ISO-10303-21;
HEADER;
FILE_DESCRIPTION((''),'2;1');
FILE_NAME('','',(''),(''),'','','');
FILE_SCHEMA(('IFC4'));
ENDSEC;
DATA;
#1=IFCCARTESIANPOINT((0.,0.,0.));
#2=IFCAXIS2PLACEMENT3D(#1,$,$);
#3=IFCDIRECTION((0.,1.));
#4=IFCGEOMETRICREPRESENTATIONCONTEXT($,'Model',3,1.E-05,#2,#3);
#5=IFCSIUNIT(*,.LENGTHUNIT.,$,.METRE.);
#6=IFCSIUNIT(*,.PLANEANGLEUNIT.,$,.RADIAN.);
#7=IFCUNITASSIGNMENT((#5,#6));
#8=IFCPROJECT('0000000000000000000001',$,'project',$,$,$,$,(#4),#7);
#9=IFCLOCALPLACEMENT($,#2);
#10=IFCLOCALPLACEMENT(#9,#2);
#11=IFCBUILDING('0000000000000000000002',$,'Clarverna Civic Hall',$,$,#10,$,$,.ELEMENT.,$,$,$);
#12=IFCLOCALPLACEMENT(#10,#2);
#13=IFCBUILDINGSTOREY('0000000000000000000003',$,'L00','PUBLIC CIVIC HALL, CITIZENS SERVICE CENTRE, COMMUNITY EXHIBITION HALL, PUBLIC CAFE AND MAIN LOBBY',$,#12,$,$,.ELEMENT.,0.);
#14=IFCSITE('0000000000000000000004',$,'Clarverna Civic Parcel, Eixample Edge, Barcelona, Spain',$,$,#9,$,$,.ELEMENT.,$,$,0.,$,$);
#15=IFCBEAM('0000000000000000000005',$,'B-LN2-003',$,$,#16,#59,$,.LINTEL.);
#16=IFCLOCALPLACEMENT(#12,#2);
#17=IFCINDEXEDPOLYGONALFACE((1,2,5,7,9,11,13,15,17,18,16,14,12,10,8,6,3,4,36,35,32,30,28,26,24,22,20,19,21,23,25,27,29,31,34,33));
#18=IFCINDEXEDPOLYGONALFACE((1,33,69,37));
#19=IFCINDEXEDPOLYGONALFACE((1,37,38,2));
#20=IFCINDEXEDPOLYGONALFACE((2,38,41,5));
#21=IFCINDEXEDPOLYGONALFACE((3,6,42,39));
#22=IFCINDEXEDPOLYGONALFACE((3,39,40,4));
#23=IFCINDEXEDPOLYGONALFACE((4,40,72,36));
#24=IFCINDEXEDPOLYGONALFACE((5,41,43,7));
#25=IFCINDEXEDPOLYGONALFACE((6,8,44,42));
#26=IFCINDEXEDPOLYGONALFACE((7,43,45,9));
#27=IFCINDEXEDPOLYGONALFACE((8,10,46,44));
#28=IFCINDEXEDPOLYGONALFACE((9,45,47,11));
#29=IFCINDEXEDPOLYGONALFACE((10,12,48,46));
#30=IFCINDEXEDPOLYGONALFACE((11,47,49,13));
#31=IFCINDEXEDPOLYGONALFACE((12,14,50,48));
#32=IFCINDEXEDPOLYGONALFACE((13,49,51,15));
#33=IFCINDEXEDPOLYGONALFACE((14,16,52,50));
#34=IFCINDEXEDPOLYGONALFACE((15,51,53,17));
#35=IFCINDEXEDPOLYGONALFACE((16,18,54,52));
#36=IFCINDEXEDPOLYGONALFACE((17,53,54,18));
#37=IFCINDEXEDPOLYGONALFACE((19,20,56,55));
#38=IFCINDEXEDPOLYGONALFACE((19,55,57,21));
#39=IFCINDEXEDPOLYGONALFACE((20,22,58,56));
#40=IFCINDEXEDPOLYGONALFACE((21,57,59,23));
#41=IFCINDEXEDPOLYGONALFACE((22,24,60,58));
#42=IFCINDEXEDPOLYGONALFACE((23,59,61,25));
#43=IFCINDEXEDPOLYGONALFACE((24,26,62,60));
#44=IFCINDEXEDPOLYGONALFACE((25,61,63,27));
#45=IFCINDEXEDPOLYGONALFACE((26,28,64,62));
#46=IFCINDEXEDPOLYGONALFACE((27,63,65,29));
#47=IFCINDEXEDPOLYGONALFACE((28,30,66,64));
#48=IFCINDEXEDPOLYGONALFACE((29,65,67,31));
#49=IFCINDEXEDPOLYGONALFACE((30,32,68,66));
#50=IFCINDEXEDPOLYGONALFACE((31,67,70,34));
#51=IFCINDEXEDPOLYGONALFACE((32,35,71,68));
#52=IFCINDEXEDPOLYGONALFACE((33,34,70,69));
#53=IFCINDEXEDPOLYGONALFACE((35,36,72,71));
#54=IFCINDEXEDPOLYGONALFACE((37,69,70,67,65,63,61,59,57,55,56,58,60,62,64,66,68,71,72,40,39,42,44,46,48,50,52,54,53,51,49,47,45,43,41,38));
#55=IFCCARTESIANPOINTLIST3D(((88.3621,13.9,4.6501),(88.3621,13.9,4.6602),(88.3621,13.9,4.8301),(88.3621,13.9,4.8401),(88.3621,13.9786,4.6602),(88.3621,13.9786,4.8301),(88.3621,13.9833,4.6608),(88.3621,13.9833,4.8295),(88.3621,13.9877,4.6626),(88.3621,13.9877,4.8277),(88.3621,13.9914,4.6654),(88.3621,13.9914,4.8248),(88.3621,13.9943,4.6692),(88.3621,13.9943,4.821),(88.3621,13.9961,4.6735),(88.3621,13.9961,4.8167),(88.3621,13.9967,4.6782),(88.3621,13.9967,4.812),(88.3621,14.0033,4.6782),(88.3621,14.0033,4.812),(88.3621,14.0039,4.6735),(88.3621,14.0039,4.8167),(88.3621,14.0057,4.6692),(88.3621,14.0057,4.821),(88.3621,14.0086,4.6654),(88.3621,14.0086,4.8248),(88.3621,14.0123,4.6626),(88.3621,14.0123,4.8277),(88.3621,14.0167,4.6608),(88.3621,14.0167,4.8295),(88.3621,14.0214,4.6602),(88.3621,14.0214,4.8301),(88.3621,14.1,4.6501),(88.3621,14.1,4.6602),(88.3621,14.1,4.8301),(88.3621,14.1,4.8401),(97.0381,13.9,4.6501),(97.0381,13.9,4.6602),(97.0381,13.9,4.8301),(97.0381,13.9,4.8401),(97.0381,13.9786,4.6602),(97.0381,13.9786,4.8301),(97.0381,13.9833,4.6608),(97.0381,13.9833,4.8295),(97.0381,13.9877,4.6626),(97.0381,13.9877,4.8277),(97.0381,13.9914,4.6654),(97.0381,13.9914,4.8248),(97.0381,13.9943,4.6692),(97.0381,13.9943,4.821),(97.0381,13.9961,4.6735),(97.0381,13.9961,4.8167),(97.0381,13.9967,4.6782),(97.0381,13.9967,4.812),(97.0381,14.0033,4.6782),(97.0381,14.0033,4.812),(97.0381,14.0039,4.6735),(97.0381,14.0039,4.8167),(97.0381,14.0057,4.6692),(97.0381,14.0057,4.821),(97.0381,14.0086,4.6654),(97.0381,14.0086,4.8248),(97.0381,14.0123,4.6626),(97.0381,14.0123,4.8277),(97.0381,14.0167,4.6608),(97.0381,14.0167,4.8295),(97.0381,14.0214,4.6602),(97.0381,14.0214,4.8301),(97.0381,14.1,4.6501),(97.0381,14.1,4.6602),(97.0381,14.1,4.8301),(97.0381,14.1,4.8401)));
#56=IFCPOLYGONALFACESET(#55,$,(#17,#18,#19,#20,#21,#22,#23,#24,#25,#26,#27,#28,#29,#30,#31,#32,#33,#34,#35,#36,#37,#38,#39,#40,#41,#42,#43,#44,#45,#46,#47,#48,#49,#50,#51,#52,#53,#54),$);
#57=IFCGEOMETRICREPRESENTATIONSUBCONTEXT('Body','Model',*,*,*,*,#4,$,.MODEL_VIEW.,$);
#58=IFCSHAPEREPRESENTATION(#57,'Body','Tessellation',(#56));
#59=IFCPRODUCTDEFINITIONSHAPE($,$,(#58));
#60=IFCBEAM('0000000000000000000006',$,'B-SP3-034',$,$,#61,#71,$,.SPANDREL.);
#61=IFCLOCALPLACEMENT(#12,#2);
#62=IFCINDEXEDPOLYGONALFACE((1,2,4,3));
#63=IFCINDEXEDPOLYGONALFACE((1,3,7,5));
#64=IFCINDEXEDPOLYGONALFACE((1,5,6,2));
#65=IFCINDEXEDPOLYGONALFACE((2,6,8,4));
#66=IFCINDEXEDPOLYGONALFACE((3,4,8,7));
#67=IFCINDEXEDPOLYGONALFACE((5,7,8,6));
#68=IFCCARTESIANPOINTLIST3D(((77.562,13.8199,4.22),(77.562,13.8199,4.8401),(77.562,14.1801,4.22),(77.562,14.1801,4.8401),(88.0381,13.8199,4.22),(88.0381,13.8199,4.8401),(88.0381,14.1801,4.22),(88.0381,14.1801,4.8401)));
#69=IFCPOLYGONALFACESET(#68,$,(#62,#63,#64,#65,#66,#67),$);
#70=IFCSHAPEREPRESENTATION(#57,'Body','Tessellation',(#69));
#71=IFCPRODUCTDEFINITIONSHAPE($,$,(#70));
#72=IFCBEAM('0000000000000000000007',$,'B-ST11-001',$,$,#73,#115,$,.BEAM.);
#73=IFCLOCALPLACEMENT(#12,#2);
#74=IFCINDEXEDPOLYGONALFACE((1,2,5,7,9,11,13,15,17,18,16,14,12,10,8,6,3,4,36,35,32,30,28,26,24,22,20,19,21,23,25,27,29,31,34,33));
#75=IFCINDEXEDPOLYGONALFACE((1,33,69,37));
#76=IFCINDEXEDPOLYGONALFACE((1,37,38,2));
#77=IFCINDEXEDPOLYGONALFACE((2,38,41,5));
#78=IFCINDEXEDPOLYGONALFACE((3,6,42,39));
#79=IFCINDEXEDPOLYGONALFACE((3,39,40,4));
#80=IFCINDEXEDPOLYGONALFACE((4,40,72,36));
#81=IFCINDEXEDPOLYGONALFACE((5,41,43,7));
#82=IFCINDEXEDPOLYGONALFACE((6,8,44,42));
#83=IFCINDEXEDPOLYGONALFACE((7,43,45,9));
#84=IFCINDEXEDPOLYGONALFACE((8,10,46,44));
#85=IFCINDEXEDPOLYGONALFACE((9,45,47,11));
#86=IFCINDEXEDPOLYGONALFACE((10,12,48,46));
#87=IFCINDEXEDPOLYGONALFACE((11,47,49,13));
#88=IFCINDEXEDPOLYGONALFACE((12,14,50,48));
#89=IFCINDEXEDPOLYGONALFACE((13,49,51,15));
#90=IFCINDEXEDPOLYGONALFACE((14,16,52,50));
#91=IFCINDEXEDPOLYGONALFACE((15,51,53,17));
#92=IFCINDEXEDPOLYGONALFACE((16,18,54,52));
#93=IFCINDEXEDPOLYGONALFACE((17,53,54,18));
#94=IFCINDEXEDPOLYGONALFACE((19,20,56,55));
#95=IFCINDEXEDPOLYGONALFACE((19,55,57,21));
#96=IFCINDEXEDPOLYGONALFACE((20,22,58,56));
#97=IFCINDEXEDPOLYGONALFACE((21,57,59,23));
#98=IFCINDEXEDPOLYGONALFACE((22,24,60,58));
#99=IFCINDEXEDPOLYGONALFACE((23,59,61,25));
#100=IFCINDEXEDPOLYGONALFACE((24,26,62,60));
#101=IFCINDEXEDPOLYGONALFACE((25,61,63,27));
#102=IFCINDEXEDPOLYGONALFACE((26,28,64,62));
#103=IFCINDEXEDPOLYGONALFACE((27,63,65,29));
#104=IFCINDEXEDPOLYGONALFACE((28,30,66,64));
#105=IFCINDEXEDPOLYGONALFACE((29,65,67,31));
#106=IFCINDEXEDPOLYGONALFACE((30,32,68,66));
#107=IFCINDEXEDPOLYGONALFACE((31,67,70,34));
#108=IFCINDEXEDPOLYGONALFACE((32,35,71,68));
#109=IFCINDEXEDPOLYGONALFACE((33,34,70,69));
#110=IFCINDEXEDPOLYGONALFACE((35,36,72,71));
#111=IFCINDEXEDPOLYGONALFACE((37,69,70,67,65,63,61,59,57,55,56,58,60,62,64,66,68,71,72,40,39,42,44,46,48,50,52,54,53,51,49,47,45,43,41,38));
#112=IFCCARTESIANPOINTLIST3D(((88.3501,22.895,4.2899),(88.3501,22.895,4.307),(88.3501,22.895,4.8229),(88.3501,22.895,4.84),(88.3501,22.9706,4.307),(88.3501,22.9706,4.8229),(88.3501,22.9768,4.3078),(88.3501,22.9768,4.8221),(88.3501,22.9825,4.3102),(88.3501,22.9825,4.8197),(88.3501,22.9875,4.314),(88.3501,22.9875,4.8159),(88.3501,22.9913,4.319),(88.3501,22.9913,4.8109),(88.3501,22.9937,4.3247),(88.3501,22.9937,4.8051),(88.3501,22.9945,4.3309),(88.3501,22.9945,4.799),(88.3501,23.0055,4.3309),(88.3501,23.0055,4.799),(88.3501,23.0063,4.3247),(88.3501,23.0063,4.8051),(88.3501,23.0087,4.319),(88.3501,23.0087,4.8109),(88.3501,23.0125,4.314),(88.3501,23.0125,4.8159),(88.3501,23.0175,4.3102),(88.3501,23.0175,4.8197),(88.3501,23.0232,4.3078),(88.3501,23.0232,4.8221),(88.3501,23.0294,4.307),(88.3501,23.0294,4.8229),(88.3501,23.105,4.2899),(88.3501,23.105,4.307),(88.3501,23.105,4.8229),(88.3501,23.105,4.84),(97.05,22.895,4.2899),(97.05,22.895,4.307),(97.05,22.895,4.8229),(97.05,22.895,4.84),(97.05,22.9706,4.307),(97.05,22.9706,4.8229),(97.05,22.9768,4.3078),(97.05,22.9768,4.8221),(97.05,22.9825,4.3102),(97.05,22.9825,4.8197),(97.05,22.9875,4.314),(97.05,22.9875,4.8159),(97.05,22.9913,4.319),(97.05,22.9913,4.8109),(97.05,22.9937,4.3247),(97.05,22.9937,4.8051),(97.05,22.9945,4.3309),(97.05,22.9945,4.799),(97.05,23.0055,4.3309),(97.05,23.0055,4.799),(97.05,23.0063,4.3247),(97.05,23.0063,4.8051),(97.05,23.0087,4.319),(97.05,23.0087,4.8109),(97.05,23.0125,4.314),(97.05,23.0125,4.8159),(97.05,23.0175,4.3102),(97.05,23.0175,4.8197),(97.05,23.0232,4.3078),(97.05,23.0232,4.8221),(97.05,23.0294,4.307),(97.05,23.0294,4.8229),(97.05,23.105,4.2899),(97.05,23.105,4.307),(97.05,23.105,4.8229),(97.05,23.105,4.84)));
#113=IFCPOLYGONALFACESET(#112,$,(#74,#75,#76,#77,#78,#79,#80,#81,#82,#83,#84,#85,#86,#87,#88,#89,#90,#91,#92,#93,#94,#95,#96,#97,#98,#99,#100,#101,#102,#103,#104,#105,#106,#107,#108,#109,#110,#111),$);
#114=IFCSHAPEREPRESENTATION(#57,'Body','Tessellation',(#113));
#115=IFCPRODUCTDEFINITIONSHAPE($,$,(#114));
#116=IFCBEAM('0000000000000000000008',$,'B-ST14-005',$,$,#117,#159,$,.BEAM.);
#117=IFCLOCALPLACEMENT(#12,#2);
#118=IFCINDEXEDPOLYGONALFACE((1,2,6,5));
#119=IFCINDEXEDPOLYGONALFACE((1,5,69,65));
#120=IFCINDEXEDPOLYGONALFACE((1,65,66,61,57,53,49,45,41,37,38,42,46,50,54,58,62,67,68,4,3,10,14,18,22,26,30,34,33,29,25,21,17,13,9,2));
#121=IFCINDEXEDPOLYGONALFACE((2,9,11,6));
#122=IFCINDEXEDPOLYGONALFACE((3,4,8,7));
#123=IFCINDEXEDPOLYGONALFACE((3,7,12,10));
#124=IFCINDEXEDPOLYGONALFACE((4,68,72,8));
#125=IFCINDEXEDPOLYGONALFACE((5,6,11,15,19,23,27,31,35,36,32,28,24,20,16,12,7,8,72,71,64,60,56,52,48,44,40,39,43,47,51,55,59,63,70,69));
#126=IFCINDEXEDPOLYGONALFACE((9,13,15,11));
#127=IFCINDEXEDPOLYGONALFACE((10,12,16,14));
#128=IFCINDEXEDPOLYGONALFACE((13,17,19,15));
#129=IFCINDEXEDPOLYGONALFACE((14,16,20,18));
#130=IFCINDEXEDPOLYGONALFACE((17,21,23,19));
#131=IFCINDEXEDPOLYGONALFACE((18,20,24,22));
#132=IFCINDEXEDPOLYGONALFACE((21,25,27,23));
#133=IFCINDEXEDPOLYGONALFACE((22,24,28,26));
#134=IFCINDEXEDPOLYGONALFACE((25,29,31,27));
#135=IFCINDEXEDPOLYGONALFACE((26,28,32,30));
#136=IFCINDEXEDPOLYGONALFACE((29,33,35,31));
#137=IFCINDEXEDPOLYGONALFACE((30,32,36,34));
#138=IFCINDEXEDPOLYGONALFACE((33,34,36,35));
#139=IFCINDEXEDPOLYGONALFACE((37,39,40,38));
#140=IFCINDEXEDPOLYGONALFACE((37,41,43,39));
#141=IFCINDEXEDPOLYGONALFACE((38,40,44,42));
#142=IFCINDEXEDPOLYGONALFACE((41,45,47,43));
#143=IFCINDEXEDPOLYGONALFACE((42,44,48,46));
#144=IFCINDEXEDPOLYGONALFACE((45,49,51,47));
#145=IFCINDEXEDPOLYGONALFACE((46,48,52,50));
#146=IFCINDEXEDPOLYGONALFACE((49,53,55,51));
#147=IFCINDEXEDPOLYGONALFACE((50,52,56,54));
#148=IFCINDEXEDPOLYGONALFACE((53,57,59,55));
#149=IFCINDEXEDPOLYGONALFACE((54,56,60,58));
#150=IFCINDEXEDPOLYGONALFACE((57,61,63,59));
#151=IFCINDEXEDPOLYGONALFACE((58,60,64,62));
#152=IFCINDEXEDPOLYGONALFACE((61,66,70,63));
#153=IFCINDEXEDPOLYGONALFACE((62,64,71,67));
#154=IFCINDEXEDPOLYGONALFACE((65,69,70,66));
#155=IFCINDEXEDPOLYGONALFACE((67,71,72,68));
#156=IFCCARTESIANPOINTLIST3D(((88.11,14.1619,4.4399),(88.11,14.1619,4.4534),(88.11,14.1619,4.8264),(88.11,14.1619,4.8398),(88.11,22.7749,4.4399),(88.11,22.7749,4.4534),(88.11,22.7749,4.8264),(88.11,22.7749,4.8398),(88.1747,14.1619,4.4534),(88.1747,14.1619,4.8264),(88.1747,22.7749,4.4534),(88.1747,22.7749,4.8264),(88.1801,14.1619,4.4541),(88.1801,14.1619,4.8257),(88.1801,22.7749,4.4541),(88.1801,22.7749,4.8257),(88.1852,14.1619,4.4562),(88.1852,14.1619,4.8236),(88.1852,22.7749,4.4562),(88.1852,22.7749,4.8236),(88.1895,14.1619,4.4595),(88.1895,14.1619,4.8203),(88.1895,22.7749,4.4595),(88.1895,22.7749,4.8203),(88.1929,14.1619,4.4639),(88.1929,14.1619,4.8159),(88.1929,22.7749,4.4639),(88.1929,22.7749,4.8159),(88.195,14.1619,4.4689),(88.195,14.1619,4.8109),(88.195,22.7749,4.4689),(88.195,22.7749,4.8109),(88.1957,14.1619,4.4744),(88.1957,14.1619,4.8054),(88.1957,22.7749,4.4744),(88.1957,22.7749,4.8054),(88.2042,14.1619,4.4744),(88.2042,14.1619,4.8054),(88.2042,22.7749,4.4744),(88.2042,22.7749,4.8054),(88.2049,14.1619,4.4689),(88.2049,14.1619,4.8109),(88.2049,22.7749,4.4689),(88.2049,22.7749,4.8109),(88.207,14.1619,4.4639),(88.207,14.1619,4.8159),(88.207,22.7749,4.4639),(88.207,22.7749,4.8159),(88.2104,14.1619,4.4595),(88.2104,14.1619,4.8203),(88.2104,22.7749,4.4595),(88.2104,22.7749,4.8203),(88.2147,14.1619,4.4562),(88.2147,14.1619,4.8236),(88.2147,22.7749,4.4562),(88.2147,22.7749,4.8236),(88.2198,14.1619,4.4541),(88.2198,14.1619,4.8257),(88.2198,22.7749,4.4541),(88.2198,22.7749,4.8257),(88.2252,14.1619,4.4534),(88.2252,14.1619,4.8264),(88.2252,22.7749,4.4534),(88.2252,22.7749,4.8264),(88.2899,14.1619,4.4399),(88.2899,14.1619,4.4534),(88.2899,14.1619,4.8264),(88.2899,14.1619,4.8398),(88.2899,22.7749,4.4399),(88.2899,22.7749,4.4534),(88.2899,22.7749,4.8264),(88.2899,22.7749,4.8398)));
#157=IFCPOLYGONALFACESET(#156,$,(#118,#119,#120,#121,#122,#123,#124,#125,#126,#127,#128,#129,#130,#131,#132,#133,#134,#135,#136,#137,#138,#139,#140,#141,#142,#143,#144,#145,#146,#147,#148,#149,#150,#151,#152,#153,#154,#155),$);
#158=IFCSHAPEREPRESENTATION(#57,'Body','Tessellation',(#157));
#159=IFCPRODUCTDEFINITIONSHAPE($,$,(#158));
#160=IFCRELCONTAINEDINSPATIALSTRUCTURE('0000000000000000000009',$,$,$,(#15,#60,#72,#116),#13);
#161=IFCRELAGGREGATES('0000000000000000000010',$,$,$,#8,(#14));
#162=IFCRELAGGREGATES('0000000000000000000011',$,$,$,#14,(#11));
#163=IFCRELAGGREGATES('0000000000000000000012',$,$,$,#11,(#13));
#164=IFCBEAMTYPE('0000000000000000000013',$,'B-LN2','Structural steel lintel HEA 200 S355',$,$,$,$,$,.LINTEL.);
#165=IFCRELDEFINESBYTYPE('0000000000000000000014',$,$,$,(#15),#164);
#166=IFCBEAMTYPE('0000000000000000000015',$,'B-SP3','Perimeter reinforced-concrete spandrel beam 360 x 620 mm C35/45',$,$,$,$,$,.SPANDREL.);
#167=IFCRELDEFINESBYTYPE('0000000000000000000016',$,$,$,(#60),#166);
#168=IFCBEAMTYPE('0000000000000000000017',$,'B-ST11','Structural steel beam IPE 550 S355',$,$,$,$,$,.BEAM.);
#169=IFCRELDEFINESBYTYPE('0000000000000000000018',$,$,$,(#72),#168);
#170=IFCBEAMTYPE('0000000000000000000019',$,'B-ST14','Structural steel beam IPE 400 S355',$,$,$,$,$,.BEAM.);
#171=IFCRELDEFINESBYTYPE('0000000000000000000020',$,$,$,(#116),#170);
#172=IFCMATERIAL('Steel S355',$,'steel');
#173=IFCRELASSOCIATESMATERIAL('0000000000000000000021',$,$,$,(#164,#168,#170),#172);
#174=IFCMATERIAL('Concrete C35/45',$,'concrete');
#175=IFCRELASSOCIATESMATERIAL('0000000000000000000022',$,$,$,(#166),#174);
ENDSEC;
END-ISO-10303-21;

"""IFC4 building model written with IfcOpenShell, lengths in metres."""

from ifc_helpers import new_model, si_unit, direction, frame, origin, origin_2d, place, context, subcontext, project, spatial, rectangle, i_section, extrude, material, material_profile, profile_set, type_object, element, save


model = new_model("IFC4")

# Units and contexts
model_context = context("Model", 3, precision=1e-05, world=origin(), true_north=direction((0.0, 1.0)))
body_context = subcontext(model_context, "Body", "Model", "MODEL_VIEW")
ifc_project = project(units=[si_unit("LENGTHUNIT", "METRE"), si_unit("PLANEANGLEUNIT", "RADIAN")], contexts=[model_context])

# Site, building, storey
site_placement = place(None, origin())
site = spatial("IfcSite", under=ifc_project, at=site_placement, Name="Clarverna Civic Parcel, Eixample Edge, Barcelona, Spain", CompositionType="ELEMENT", RefElevation=0.0)
building_placement = place(site_placement, origin())
building = spatial("IfcBuilding", under=site, at=building_placement, Name="Clarverna Civic Hall", CompositionType="ELEMENT")
storey_placement = place(building_placement, origin())
storey = spatial("IfcBuildingStorey", under=building, at=storey_placement, Name="L00", Description="PUBLIC CIVIC HALL, CITIZENS SERVICE CENTRE, COMMUNITY EXHIBITION HALL, PUBLIC CAFE AND MAIN LOBBY", CompositionType="ELEMENT", Elevation=0.0)

# Shared definitions
ifc_material_1 = material(Name="Concrete C35/45", Category="concrete")
ifc_material_2 = material(Name="Steel S355", Category="steel")

# Beams
ifc_material_profile_1 = material_profile(ifc_material_2, i_section(OverallWidth=0.2, OverallDepth=0.1899, WebThickness=0.0066, FlangeThickness=0.01, FilletRadius=0.0181, at=origin_2d()), Name="HEA 200")
ifc_profile_set_1 = profile_set([ifc_material_profile_1], Name="Steel S355")
beam_type_1 = type_object("IfcBeamType", Name="B-LN2", Description="Structural steel lintel HEA 200 S355", PredefinedType="LINTEL", material=ifc_profile_set_1)
beam_1_placement = place(storey_placement, frame((88.3621, 14.0, 4.7451), z_axis=(1.0, 0.0, 0.0), x_axis=(0.0, 1.0, 0.0)))
element("IfcBeam", 1, at=beam_1_placement, inside=storey, type_object=beam_type_1, Name="B-LN2-003", PredefinedType="LINTEL", context=body_context, shape_type="SweptSolid", body=[
    extrude(i_section(OverallWidth=0.2, OverallDepth=0.1899, WebThickness=0.0066, FlangeThickness=0.01, FilletRadius=0.0181, at=origin_2d()), origin(), (0.0, 0.0, 1.0), 8.676),
])
ifc_material_profile_2 = material_profile(ifc_material_1, rectangle(XDim=0.3601, YDim=0.6201, at=origin_2d()), Name="RC 360x620")
ifc_profile_set_2 = profile_set([ifc_material_profile_2], Name="Concrete C35/45")
beam_type_2 = type_object("IfcBeamType", Name="B-SP3", Description="Perimeter reinforced-concrete spandrel beam 360 x 620 mm C35/45", PredefinedType="SPANDREL", material=ifc_profile_set_2)
beam_2_placement = place(storey_placement, frame((77.562, 14.0, 4.53), z_axis=(1.0, 0.0, 0.0), x_axis=(0.0, 1.0, 0.0)))
element("IfcBeam", 2, at=beam_2_placement, inside=storey, type_object=beam_type_2, Name="B-SP3-034", PredefinedType="SPANDREL", context=body_context, shape_type="SweptSolid", body=[
    extrude(rectangle(XDim=0.3601, YDim=0.6201, at=origin_2d()), origin(), (0.0, 0.0, 1.0), 10.4761),
])
ifc_material_profile_3 = material_profile(ifc_material_2, i_section(OverallWidth=0.21, OverallDepth=0.55, WebThickness=0.011, FlangeThickness=0.0171, FilletRadius=0.0239, at=origin_2d()), Name="IPE 550")
ifc_profile_set_3 = profile_set([ifc_material_profile_3], Name="Steel S355")
beam_type_3 = type_object("IfcBeamType", Name="B-ST11", Description="Structural steel beam IPE 550 S355", PredefinedType="BEAM", material=ifc_profile_set_3)
beam_3_placement = place(storey_placement, frame((88.3501, 23.0, 4.5649), z_axis=(1.0, 0.0, 0.0), x_axis=(0.0, 1.0, 0.0)))
element("IfcBeam", 3, at=beam_3_placement, inside=storey, type_object=beam_type_3, Name="B-ST11-001", PredefinedType="BEAM", context=body_context, shape_type="SweptSolid", body=[
    extrude(i_section(OverallWidth=0.21, OverallDepth=0.55, WebThickness=0.011, FlangeThickness=0.0171, FilletRadius=0.0239, at=origin_2d()), origin(), (0.0, 0.0, 1.0), 8.7),
])
ifc_material_profile_4 = material_profile(ifc_material_2, i_section(OverallWidth=0.1799, OverallDepth=0.3999, WebThickness=0.0085, FlangeThickness=0.0134, FilletRadius=0.021, at=origin_2d()), Name="IPE 400")
ifc_profile_set_4 = profile_set([ifc_material_profile_4], Name="Steel S355")
beam_type_4 = type_object("IfcBeamType", Name="B-ST14", Description="Structural steel beam IPE 400 S355", PredefinedType="BEAM", material=ifc_profile_set_4)
beam_4_placement = place(storey_placement, frame((88.2, 14.1619, 4.6399), z_axis=(0.0, 1.0, 0.0), x_axis=(-1.0, 0.0, 0.0)))
element("IfcBeam", 4, at=beam_4_placement, inside=storey, type_object=beam_type_4, Name="B-ST14-005", PredefinedType="BEAM", context=body_context, shape_type="SweptSolid", body=[
    extrude(i_section(OverallWidth=0.1799, OverallDepth=0.3999, WebThickness=0.0085, FlangeThickness=0.0134, FilletRadius=0.021, at=origin_2d()), origin(), (0.0, 0.0, 1.0), 8.613),
])

save(model, "model.ifc")
